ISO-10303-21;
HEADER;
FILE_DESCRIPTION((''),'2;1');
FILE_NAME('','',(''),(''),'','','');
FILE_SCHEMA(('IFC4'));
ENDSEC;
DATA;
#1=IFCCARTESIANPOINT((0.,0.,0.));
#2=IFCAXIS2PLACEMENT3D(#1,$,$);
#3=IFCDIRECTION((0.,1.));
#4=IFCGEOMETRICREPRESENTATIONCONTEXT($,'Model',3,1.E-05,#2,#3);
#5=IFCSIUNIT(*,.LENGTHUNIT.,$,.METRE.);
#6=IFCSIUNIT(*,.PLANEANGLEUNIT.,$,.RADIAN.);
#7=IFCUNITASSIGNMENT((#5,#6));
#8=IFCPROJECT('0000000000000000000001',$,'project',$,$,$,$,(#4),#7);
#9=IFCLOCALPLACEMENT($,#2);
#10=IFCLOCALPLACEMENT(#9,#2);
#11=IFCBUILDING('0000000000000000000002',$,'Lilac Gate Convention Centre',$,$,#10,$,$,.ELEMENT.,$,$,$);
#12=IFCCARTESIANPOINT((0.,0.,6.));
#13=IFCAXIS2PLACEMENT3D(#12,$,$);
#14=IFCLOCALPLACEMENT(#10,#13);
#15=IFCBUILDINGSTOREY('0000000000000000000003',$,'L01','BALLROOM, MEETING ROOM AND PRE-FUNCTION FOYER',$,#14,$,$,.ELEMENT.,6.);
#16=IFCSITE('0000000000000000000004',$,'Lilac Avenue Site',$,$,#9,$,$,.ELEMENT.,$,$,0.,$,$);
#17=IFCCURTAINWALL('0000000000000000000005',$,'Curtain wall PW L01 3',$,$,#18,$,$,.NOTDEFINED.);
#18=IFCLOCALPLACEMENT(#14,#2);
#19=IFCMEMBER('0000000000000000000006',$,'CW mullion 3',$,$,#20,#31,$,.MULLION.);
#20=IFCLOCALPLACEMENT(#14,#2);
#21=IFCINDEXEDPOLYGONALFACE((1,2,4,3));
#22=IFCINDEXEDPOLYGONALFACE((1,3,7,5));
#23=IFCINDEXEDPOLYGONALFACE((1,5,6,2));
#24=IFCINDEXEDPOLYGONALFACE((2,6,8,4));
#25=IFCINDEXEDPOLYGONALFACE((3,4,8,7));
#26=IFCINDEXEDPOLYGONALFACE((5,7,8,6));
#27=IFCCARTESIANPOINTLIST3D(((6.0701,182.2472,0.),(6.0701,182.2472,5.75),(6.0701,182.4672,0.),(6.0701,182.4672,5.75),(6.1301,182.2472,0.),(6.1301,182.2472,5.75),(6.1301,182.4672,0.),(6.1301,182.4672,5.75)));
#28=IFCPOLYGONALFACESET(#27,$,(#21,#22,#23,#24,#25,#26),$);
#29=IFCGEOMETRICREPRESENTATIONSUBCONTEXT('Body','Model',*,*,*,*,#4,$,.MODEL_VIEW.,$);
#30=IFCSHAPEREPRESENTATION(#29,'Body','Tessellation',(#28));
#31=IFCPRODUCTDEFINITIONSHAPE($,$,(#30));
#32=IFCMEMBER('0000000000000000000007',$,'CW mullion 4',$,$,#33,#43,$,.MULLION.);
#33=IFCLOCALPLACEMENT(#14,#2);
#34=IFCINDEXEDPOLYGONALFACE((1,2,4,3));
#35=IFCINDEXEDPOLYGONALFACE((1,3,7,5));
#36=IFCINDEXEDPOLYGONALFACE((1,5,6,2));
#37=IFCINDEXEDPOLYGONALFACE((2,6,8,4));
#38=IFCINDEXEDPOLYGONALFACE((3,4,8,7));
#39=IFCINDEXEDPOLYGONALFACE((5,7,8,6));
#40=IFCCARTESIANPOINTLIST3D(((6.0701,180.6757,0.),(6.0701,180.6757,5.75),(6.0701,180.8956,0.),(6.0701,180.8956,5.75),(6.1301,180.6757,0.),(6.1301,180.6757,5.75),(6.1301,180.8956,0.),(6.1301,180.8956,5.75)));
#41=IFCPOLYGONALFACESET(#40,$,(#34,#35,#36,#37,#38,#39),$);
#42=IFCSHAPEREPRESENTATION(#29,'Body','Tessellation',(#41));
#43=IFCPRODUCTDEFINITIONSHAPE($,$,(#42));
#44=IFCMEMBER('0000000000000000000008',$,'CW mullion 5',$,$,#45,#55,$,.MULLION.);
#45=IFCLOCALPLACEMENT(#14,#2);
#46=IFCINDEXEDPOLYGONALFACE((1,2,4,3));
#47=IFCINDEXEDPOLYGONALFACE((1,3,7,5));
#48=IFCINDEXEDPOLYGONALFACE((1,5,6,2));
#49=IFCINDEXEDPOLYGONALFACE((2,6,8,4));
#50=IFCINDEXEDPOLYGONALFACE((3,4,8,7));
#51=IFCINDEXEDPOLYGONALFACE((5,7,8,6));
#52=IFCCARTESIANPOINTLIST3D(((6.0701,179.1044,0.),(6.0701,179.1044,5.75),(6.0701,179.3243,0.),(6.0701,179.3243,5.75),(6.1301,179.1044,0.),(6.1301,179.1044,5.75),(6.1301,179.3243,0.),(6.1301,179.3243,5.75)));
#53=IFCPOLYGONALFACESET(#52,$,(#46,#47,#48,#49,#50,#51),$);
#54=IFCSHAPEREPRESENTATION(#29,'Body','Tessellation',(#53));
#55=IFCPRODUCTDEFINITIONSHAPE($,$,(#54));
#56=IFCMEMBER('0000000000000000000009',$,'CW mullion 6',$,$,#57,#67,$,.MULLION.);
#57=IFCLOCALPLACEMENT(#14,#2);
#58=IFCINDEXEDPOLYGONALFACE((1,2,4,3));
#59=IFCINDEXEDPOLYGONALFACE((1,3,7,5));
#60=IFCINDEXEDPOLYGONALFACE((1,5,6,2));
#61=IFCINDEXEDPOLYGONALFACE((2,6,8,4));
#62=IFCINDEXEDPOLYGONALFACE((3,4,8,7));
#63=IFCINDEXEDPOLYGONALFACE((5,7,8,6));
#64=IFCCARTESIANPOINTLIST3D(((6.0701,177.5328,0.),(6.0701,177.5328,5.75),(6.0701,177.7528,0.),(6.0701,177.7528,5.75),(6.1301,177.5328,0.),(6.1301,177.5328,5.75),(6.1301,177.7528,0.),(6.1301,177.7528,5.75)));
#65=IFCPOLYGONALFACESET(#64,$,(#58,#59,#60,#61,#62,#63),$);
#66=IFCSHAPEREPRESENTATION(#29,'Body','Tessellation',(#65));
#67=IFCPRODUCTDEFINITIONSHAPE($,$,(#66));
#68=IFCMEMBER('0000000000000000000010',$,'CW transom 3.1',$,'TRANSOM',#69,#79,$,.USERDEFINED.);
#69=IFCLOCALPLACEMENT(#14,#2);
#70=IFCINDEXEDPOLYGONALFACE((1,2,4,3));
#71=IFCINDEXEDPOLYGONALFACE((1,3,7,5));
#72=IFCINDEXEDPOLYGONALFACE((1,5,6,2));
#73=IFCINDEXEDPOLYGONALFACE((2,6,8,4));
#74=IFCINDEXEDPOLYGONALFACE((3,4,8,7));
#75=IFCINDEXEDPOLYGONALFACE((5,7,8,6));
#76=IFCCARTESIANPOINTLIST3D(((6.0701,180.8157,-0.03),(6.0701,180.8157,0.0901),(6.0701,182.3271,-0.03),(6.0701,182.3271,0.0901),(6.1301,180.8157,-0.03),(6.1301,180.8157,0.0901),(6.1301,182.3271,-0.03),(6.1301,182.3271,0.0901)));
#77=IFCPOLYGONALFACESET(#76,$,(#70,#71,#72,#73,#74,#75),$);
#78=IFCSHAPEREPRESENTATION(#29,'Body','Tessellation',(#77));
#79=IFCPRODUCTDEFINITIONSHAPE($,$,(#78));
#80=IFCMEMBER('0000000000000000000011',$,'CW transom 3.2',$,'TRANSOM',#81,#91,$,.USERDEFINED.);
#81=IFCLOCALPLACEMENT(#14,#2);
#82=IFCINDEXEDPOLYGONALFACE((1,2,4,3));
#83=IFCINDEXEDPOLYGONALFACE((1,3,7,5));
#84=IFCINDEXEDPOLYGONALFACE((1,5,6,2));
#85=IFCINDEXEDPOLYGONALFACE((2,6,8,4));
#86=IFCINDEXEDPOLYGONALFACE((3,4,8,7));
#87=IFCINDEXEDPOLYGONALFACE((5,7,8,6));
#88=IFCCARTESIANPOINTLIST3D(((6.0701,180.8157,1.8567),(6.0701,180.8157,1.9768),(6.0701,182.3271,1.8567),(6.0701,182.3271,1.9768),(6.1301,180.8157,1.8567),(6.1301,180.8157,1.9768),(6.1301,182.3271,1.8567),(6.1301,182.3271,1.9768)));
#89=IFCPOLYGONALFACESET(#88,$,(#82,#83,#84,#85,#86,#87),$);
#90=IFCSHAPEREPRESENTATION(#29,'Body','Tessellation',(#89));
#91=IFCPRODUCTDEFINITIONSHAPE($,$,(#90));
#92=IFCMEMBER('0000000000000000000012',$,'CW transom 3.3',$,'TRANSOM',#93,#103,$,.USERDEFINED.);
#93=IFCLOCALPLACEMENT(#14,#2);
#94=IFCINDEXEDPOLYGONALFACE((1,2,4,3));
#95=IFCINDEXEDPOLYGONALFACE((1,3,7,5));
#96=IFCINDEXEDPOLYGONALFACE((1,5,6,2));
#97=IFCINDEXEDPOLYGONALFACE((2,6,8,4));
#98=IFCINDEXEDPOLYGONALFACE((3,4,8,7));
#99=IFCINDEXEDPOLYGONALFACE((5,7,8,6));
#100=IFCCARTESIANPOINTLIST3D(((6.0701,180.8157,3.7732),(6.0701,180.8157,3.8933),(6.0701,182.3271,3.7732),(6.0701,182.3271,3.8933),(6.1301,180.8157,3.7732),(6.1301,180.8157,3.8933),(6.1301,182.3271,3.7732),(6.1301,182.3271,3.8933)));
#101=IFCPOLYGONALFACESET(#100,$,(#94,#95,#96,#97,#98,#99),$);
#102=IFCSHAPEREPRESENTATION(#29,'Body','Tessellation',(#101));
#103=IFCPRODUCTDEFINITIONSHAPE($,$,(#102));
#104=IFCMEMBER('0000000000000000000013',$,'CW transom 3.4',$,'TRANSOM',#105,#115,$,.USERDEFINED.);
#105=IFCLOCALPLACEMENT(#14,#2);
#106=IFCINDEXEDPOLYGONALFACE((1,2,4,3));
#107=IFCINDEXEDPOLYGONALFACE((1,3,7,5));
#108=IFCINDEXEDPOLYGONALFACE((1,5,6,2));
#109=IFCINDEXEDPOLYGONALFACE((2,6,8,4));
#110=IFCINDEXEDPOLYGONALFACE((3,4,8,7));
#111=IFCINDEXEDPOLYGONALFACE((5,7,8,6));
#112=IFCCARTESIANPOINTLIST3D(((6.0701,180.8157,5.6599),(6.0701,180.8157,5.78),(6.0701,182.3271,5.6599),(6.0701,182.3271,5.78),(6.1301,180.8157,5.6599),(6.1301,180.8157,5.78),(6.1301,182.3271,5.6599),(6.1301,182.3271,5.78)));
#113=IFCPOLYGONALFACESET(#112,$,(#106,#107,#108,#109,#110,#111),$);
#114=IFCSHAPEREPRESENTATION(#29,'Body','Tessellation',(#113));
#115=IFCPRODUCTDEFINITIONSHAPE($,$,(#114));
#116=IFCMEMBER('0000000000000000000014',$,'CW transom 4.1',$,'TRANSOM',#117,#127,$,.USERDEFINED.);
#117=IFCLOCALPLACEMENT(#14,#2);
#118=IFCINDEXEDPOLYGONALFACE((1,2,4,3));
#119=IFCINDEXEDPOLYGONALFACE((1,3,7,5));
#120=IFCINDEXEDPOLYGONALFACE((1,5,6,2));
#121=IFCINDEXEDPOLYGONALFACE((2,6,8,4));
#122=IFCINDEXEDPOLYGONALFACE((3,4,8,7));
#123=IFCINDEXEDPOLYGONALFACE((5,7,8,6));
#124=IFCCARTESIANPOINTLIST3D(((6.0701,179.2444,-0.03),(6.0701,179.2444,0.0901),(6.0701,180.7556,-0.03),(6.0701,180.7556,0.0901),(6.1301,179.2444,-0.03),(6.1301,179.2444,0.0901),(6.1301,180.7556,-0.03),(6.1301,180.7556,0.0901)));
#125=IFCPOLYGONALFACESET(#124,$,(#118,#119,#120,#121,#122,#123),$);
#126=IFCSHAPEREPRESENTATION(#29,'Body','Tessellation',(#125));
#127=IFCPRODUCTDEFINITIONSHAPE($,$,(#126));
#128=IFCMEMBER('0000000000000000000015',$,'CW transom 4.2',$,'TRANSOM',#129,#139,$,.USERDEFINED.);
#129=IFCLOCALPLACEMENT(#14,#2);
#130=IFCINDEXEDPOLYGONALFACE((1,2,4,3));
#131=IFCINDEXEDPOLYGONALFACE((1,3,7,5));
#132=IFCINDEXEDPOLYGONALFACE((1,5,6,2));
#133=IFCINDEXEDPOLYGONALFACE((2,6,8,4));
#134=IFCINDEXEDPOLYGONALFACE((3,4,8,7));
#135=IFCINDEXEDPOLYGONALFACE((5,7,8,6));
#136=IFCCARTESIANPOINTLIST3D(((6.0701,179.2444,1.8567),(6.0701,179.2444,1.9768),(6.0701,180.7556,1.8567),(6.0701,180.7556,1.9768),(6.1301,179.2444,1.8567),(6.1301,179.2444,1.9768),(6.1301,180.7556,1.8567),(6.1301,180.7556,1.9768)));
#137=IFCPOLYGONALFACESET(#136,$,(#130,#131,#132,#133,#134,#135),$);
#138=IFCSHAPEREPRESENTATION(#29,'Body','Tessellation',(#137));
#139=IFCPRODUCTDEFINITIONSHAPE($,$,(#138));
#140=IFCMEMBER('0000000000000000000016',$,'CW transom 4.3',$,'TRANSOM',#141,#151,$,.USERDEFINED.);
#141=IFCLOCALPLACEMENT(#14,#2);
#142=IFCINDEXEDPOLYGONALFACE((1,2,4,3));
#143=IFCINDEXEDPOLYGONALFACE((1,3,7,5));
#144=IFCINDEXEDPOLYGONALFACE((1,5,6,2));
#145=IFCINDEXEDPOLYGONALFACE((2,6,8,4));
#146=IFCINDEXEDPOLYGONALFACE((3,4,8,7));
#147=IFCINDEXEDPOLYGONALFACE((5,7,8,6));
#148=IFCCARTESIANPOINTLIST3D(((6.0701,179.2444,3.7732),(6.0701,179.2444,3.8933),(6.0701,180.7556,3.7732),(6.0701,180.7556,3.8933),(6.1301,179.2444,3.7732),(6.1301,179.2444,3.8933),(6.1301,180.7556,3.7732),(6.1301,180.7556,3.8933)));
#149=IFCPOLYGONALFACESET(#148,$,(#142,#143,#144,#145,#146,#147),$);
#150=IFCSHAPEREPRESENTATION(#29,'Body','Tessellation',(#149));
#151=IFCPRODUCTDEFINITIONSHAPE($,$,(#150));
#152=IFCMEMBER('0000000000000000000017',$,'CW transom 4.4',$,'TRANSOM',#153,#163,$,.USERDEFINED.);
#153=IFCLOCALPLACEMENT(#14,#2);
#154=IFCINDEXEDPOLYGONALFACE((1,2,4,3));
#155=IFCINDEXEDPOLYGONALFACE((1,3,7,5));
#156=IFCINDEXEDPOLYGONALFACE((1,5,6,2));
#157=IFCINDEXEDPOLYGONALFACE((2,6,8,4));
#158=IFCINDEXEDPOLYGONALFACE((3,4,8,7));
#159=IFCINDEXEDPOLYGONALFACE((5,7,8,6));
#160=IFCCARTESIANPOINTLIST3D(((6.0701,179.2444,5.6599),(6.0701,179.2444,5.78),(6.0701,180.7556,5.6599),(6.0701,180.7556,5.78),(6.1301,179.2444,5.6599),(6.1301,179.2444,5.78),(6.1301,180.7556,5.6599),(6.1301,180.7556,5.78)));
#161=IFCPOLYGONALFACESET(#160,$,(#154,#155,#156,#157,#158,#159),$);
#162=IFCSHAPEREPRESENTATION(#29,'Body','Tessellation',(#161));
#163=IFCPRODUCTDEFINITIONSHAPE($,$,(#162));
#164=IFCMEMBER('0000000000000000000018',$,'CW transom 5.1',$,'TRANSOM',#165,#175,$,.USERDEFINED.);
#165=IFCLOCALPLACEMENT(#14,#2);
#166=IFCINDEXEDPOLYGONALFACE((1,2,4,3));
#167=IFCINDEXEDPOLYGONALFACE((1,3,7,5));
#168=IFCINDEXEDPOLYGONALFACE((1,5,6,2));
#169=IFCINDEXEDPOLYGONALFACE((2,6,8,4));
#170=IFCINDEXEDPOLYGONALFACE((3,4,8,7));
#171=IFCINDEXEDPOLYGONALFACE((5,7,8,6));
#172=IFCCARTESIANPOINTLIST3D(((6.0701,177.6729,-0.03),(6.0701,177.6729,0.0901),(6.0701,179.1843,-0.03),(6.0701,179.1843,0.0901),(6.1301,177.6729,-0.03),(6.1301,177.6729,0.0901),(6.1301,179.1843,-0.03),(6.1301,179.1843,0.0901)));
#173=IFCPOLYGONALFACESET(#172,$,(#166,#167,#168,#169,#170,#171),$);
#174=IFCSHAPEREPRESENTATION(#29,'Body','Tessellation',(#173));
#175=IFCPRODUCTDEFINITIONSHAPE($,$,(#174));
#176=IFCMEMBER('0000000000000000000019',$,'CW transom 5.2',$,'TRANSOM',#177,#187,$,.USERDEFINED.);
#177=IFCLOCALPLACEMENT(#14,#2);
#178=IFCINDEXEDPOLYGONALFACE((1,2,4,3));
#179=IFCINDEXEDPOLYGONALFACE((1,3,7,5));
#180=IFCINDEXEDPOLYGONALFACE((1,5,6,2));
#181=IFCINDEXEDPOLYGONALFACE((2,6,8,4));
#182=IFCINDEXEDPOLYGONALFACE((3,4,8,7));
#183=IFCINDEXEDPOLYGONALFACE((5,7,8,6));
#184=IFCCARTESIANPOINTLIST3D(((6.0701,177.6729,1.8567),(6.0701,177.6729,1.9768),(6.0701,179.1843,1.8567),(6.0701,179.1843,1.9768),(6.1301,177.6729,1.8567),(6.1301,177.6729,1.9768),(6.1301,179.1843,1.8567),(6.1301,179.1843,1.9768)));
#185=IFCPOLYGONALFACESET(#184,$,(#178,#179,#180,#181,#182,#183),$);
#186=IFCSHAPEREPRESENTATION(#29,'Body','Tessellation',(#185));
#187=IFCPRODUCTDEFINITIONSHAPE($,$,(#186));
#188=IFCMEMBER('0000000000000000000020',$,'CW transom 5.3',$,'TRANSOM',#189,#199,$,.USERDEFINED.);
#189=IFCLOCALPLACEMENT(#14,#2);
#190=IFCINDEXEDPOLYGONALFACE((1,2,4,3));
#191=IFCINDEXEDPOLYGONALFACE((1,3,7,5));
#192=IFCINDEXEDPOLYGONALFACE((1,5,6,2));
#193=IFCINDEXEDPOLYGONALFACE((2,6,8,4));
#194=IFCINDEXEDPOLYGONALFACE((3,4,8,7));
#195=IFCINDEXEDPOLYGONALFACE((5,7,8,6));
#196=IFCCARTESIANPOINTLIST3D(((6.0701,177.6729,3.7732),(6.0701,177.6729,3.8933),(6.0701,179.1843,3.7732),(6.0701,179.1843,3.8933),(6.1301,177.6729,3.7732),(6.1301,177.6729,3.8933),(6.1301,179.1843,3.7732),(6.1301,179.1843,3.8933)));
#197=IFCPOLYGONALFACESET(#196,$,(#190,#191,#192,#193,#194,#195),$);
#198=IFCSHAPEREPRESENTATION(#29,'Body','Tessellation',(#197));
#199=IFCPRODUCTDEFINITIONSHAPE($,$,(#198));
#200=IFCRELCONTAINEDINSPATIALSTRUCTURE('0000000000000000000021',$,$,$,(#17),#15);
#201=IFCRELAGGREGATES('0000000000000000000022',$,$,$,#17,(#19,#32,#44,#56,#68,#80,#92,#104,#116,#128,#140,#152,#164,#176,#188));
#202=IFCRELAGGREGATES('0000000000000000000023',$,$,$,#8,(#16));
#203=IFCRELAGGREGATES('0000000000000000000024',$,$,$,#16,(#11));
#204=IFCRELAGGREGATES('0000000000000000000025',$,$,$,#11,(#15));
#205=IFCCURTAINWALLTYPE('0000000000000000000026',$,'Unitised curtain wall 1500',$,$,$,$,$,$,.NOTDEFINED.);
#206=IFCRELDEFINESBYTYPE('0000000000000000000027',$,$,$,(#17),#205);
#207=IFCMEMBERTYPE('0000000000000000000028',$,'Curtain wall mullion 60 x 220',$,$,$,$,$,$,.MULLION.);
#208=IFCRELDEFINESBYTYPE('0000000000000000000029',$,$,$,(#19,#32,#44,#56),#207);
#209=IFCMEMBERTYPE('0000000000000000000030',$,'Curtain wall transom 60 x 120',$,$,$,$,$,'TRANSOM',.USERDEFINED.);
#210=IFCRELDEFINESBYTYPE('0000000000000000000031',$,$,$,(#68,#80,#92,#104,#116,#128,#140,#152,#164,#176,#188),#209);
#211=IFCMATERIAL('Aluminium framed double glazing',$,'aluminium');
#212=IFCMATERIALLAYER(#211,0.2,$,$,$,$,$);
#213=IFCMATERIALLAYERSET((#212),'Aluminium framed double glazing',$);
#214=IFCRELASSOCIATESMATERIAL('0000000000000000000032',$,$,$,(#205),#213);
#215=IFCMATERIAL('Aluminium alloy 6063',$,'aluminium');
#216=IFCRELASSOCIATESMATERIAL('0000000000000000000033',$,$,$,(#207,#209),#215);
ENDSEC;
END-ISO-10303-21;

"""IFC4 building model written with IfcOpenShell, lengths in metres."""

from ifc_helpers import new_model, si_unit, direction, frame, origin, origin_2d, place, context, subcontext, project, spatial, rectangle, extrude, material, layer, layer_set, material_profile, profile_set, type_object, element, aggregate, save


model = new_model("IFC4")

# Units and contexts
model_context = context("Model", 3, precision=1e-05, world=origin(), true_north=direction((0.0, 1.0)))
body_context = subcontext(model_context, "Body", "Model", "MODEL_VIEW")
ifc_project = project(units=[si_unit("LENGTHUNIT", "METRE"), si_unit("PLANEANGLEUNIT", "RADIAN")], contexts=[model_context])

# Site, building, storey
site_placement = place(None, origin())
site = spatial("IfcSite", under=ifc_project, at=site_placement, Name="Lilac Avenue Site", CompositionType="ELEMENT", RefElevation=0.0)
building_placement = place(site_placement, origin())
building = spatial("IfcBuilding", under=site, at=building_placement, Name="Lilac Gate Convention Centre", CompositionType="ELEMENT")
storey_placement = place(building_placement, frame((0.0, 0.0, 6.0)))
storey = spatial("IfcBuildingStorey", under=building, at=storey_placement, Name="L01", Description="BALLROOM, MEETING ROOM AND PRE-FUNCTION FOYER", CompositionType="ELEMENT", Elevation=6.0)

# Curtain wall, members
ifc_material_1 = material(Name="Aluminium framed double glazing", Category="aluminium")
ifc_layer_1 = layer(ifc_material_1, 0.2)
ifc_layer_set_1 = layer_set([ifc_layer_1], Name="Aluminium framed double glazing")
curtain_wall_type = type_object("IfcCurtainWallType", Name="Unitised curtain wall 1500", PredefinedType="NOTDEFINED", material=ifc_layer_set_1)
curtain_wall_placement = place(storey_placement, origin())
curtain_wall = element("IfcCurtainWall", 1, at=curtain_wall_placement, inside=storey, type_object=curtain_wall_type, Name="Curtain wall PW L01 3", PredefinedType="NOTDEFINED")
ifc_material_2 = material(Name="Aluminium alloy 6063", Category="aluminium")
ifc_material_profile_1 = material_profile(ifc_material_2, rectangle(XDim=0.0601, YDim=0.22, at=origin_2d()), Name="Curtain wall mullion 60 x 220")
ifc_profile_set_1 = profile_set([ifc_material_profile_1], Name="Aluminium alloy 6063")
member_type_1 = type_object("IfcMemberType", Name="Curtain wall mullion 60 x 220", PredefinedType="MULLION", material=ifc_profile_set_1)
member_1_placement = place(storey_placement, frame((6.1001, 182.3572, 0.0), z_axis=(0.0, 0.0, 1.0), x_axis=(1.0, 0.0, 0.0)))
member_1 = element("IfcMember", 2, at=member_1_placement, type_object=member_type_1, Name="CW mullion 3", PredefinedType="MULLION", context=body_context, shape_type="SweptSolid", body=[
    extrude(rectangle(XDim=0.0601, YDim=0.22, at=origin_2d()), origin(), (0.0, 0.0, 1.0), 5.75),
])
member_2_placement = place(storey_placement, frame((6.1001, 180.7856, 0.0), z_axis=(0.0, 0.0, 1.0), x_axis=(1.0, 0.0, 0.0)))
member_2 = element("IfcMember", 3, at=member_2_placement, type_object=member_type_1, Name="CW mullion 4", PredefinedType="MULLION", context=body_context, shape_type="SweptSolid", body=[
    extrude(rectangle(XDim=0.0601, YDim=0.22, at=origin_2d()), origin(), (0.0, 0.0, 1.0), 5.75),
])
member_3_placement = place(storey_placement, frame((6.1001, 179.2144, 0.0), z_axis=(0.0, 0.0, 1.0), x_axis=(1.0, 0.0, 0.0)))
member_3 = element("IfcMember", 4, at=member_3_placement, type_object=member_type_1, Name="CW mullion 5", PredefinedType="MULLION", context=body_context, shape_type="SweptSolid", body=[
    extrude(rectangle(XDim=0.0601, YDim=0.22, at=origin_2d()), origin(), (0.0, 0.0, 1.0), 5.75),
])
member_4_placement = place(storey_placement, frame((6.1001, 177.6428, 0.0), z_axis=(0.0, 0.0, 1.0), x_axis=(1.0, 0.0, 0.0)))
member_4 = element("IfcMember", 5, at=member_4_placement, type_object=member_type_1, Name="CW mullion 6", PredefinedType="MULLION", context=body_context, shape_type="SweptSolid", body=[
    extrude(rectangle(XDim=0.0601, YDim=0.22, at=origin_2d()), origin(), (0.0, 0.0, 1.0), 5.75),
])
ifc_material_profile_2 = material_profile(ifc_material_2, rectangle(XDim=0.0601, YDim=0.1201, at=origin_2d()), Name="Curtain wall transom 60 x 120")
ifc_profile_set_2 = profile_set([ifc_material_profile_2], Name="Aluminium alloy 6063")
member_type_2 = type_object("IfcMemberType", Name="Curtain wall transom 60 x 120", ElementType="TRANSOM", PredefinedType="USERDEFINED", material=ifc_profile_set_2)
member_5_placement = place(storey_placement, frame((6.1001, 182.3271, 0.03), z_axis=(0.0, -1.0, 0.0), x_axis=(1.0, 0.0, 0.0)))
member_5 = element("IfcMember", 6, at=member_5_placement, type_object=member_type_2, Name="CW transom 3.1", ObjectType="TRANSOM", PredefinedType="USERDEFINED", context=body_context, shape_type="SweptSolid", body=[
    extrude(rectangle(XDim=0.0601, YDim=0.1201, at=origin_2d()), origin(), (0.0, 0.0, 1.0), 1.5115),
])
member_6_placement = place(storey_placement, frame((6.1001, 182.3271, 1.9167), z_axis=(0.0, -1.0, 0.0), x_axis=(1.0, 0.0, 0.0)))
member_6 = element("IfcMember", 7, at=member_6_placement, type_object=member_type_2, Name="CW transom 3.2", ObjectType="TRANSOM", PredefinedType="USERDEFINED", context=body_context, shape_type="SweptSolid", body=[
    extrude(rectangle(XDim=0.0601, YDim=0.1201, at=origin_2d()), origin(), (0.0, 0.0, 1.0), 1.5115),
])
member_7_placement = place(storey_placement, frame((6.1001, 182.3271, 3.8333), z_axis=(0.0, -1.0, 0.0), x_axis=(1.0, 0.0, 0.0)))
member_7 = element("IfcMember", 8, at=member_7_placement, type_object=member_type_2, Name="CW transom 3.3", ObjectType="TRANSOM", PredefinedType="USERDEFINED", context=body_context, shape_type="SweptSolid", body=[
    extrude(rectangle(XDim=0.0601, YDim=0.1201, at=origin_2d()), origin(), (0.0, 0.0, 1.0), 1.5115),
])
member_8_placement = place(storey_placement, frame((6.1001, 182.3271, 5.72), z_axis=(0.0, -1.0, 0.0), x_axis=(1.0, 0.0, 0.0)))
member_8 = element("IfcMember", 9, at=member_8_placement, type_object=member_type_2, Name="CW transom 3.4", ObjectType="TRANSOM", PredefinedType="USERDEFINED", context=body_context, shape_type="SweptSolid", body=[
    extrude(rectangle(XDim=0.0601, YDim=0.1201, at=origin_2d()), origin(), (0.0, 0.0, 1.0), 1.5115),
])
member_9_placement = place(storey_placement, frame((6.1001, 180.7556, 0.03), z_axis=(0.0, -1.0, 0.0), x_axis=(1.0, 0.0, 0.0)))
member_9 = element("IfcMember", 10, at=member_9_placement, type_object=member_type_2, Name="CW transom 4.1", ObjectType="TRANSOM", PredefinedType="USERDEFINED", context=body_context, shape_type="SweptSolid", body=[
    extrude(rectangle(XDim=0.0601, YDim=0.1201, at=origin_2d()), origin(), (0.0, 0.0, 1.0), 1.5112),
])
member_10_placement = place(storey_placement, frame((6.1001, 180.7556, 1.9167), z_axis=(0.0, -1.0, 0.0), x_axis=(1.0, 0.0, 0.0)))
member_10 = element("IfcMember", 11, at=member_10_placement, type_object=member_type_2, Name="CW transom 4.2", ObjectType="TRANSOM", PredefinedType="USERDEFINED", context=body_context, shape_type="SweptSolid", body=[
    extrude(rectangle(XDim=0.0601, YDim=0.1201, at=origin_2d()), origin(), (0.0, 0.0, 1.0), 1.5112),
])
member_11_placement = place(storey_placement, frame((6.1001, 180.7556, 3.8333), z_axis=(0.0, -1.0, 0.0), x_axis=(1.0, 0.0, 0.0)))
member_11 = element("IfcMember", 12, at=member_11_placement, type_object=member_type_2, Name="CW transom 4.3", ObjectType="TRANSOM", PredefinedType="USERDEFINED", context=body_context, shape_type="SweptSolid", body=[
    extrude(rectangle(XDim=0.0601, YDim=0.1201, at=origin_2d()), origin(), (0.0, 0.0, 1.0), 1.5112),
])
member_12_placement = place(storey_placement, frame((6.1001, 180.7556, 5.72), z_axis=(0.0, -1.0, 0.0), x_axis=(1.0, 0.0, 0.0)))
member_12 = element("IfcMember", 13, at=member_12_placement, type_object=member_type_2, Name="CW transom 4.4", ObjectType="TRANSOM", PredefinedType="USERDEFINED", context=body_context, shape_type="SweptSolid", body=[
    extrude(rectangle(XDim=0.0601, YDim=0.1201, at=origin_2d()), origin(), (0.0, 0.0, 1.0), 1.5112),
])
member_13_placement = place(storey_placement, frame((6.1001, 179.1843, 0.03), z_axis=(0.0, -1.0, 0.0), x_axis=(1.0, 0.0, 0.0)))
member_13 = element("IfcMember", 14, at=member_13_placement, type_object=member_type_2, Name="CW transom 5.1", ObjectType="TRANSOM", PredefinedType="USERDEFINED", context=body_context, shape_type="SweptSolid", body=[
    extrude(rectangle(XDim=0.0601, YDim=0.1201, at=origin_2d()), origin(), (0.0, 0.0, 1.0), 1.5115),
])
member_14_placement = place(storey_placement, frame((6.1001, 179.1843, 1.9167), z_axis=(0.0, -1.0, 0.0), x_axis=(1.0, 0.0, 0.0)))
member_14 = element("IfcMember", 15, at=member_14_placement, type_object=member_type_2, Name="CW transom 5.2", ObjectType="TRANSOM", PredefinedType="USERDEFINED", context=body_context, shape_type="SweptSolid", body=[
    extrude(rectangle(XDim=0.0601, YDim=0.1201, at=origin_2d()), origin(), (0.0, 0.0, 1.0), 1.5115),
])
member_15_placement = place(storey_placement, frame((6.1001, 179.1843, 3.8333), z_axis=(0.0, -1.0, 0.0), x_axis=(1.0, 0.0, 0.0)))
member_15 = element("IfcMember", 16, at=member_15_placement, type_object=member_type_2, Name="CW transom 5.3", ObjectType="TRANSOM", PredefinedType="USERDEFINED", context=body_context, shape_type="SweptSolid", body=[
    extrude(rectangle(XDim=0.0601, YDim=0.1201, at=origin_2d()), origin(), (0.0, 0.0, 1.0), 1.5115),
])
aggregate(curtain_wall, [member_1, member_2, member_3, member_4, member_5, member_6, member_7, member_8, member_9, member_10, member_11, member_12, member_13, member_14, member_15])

save(model, "model.ifc")
